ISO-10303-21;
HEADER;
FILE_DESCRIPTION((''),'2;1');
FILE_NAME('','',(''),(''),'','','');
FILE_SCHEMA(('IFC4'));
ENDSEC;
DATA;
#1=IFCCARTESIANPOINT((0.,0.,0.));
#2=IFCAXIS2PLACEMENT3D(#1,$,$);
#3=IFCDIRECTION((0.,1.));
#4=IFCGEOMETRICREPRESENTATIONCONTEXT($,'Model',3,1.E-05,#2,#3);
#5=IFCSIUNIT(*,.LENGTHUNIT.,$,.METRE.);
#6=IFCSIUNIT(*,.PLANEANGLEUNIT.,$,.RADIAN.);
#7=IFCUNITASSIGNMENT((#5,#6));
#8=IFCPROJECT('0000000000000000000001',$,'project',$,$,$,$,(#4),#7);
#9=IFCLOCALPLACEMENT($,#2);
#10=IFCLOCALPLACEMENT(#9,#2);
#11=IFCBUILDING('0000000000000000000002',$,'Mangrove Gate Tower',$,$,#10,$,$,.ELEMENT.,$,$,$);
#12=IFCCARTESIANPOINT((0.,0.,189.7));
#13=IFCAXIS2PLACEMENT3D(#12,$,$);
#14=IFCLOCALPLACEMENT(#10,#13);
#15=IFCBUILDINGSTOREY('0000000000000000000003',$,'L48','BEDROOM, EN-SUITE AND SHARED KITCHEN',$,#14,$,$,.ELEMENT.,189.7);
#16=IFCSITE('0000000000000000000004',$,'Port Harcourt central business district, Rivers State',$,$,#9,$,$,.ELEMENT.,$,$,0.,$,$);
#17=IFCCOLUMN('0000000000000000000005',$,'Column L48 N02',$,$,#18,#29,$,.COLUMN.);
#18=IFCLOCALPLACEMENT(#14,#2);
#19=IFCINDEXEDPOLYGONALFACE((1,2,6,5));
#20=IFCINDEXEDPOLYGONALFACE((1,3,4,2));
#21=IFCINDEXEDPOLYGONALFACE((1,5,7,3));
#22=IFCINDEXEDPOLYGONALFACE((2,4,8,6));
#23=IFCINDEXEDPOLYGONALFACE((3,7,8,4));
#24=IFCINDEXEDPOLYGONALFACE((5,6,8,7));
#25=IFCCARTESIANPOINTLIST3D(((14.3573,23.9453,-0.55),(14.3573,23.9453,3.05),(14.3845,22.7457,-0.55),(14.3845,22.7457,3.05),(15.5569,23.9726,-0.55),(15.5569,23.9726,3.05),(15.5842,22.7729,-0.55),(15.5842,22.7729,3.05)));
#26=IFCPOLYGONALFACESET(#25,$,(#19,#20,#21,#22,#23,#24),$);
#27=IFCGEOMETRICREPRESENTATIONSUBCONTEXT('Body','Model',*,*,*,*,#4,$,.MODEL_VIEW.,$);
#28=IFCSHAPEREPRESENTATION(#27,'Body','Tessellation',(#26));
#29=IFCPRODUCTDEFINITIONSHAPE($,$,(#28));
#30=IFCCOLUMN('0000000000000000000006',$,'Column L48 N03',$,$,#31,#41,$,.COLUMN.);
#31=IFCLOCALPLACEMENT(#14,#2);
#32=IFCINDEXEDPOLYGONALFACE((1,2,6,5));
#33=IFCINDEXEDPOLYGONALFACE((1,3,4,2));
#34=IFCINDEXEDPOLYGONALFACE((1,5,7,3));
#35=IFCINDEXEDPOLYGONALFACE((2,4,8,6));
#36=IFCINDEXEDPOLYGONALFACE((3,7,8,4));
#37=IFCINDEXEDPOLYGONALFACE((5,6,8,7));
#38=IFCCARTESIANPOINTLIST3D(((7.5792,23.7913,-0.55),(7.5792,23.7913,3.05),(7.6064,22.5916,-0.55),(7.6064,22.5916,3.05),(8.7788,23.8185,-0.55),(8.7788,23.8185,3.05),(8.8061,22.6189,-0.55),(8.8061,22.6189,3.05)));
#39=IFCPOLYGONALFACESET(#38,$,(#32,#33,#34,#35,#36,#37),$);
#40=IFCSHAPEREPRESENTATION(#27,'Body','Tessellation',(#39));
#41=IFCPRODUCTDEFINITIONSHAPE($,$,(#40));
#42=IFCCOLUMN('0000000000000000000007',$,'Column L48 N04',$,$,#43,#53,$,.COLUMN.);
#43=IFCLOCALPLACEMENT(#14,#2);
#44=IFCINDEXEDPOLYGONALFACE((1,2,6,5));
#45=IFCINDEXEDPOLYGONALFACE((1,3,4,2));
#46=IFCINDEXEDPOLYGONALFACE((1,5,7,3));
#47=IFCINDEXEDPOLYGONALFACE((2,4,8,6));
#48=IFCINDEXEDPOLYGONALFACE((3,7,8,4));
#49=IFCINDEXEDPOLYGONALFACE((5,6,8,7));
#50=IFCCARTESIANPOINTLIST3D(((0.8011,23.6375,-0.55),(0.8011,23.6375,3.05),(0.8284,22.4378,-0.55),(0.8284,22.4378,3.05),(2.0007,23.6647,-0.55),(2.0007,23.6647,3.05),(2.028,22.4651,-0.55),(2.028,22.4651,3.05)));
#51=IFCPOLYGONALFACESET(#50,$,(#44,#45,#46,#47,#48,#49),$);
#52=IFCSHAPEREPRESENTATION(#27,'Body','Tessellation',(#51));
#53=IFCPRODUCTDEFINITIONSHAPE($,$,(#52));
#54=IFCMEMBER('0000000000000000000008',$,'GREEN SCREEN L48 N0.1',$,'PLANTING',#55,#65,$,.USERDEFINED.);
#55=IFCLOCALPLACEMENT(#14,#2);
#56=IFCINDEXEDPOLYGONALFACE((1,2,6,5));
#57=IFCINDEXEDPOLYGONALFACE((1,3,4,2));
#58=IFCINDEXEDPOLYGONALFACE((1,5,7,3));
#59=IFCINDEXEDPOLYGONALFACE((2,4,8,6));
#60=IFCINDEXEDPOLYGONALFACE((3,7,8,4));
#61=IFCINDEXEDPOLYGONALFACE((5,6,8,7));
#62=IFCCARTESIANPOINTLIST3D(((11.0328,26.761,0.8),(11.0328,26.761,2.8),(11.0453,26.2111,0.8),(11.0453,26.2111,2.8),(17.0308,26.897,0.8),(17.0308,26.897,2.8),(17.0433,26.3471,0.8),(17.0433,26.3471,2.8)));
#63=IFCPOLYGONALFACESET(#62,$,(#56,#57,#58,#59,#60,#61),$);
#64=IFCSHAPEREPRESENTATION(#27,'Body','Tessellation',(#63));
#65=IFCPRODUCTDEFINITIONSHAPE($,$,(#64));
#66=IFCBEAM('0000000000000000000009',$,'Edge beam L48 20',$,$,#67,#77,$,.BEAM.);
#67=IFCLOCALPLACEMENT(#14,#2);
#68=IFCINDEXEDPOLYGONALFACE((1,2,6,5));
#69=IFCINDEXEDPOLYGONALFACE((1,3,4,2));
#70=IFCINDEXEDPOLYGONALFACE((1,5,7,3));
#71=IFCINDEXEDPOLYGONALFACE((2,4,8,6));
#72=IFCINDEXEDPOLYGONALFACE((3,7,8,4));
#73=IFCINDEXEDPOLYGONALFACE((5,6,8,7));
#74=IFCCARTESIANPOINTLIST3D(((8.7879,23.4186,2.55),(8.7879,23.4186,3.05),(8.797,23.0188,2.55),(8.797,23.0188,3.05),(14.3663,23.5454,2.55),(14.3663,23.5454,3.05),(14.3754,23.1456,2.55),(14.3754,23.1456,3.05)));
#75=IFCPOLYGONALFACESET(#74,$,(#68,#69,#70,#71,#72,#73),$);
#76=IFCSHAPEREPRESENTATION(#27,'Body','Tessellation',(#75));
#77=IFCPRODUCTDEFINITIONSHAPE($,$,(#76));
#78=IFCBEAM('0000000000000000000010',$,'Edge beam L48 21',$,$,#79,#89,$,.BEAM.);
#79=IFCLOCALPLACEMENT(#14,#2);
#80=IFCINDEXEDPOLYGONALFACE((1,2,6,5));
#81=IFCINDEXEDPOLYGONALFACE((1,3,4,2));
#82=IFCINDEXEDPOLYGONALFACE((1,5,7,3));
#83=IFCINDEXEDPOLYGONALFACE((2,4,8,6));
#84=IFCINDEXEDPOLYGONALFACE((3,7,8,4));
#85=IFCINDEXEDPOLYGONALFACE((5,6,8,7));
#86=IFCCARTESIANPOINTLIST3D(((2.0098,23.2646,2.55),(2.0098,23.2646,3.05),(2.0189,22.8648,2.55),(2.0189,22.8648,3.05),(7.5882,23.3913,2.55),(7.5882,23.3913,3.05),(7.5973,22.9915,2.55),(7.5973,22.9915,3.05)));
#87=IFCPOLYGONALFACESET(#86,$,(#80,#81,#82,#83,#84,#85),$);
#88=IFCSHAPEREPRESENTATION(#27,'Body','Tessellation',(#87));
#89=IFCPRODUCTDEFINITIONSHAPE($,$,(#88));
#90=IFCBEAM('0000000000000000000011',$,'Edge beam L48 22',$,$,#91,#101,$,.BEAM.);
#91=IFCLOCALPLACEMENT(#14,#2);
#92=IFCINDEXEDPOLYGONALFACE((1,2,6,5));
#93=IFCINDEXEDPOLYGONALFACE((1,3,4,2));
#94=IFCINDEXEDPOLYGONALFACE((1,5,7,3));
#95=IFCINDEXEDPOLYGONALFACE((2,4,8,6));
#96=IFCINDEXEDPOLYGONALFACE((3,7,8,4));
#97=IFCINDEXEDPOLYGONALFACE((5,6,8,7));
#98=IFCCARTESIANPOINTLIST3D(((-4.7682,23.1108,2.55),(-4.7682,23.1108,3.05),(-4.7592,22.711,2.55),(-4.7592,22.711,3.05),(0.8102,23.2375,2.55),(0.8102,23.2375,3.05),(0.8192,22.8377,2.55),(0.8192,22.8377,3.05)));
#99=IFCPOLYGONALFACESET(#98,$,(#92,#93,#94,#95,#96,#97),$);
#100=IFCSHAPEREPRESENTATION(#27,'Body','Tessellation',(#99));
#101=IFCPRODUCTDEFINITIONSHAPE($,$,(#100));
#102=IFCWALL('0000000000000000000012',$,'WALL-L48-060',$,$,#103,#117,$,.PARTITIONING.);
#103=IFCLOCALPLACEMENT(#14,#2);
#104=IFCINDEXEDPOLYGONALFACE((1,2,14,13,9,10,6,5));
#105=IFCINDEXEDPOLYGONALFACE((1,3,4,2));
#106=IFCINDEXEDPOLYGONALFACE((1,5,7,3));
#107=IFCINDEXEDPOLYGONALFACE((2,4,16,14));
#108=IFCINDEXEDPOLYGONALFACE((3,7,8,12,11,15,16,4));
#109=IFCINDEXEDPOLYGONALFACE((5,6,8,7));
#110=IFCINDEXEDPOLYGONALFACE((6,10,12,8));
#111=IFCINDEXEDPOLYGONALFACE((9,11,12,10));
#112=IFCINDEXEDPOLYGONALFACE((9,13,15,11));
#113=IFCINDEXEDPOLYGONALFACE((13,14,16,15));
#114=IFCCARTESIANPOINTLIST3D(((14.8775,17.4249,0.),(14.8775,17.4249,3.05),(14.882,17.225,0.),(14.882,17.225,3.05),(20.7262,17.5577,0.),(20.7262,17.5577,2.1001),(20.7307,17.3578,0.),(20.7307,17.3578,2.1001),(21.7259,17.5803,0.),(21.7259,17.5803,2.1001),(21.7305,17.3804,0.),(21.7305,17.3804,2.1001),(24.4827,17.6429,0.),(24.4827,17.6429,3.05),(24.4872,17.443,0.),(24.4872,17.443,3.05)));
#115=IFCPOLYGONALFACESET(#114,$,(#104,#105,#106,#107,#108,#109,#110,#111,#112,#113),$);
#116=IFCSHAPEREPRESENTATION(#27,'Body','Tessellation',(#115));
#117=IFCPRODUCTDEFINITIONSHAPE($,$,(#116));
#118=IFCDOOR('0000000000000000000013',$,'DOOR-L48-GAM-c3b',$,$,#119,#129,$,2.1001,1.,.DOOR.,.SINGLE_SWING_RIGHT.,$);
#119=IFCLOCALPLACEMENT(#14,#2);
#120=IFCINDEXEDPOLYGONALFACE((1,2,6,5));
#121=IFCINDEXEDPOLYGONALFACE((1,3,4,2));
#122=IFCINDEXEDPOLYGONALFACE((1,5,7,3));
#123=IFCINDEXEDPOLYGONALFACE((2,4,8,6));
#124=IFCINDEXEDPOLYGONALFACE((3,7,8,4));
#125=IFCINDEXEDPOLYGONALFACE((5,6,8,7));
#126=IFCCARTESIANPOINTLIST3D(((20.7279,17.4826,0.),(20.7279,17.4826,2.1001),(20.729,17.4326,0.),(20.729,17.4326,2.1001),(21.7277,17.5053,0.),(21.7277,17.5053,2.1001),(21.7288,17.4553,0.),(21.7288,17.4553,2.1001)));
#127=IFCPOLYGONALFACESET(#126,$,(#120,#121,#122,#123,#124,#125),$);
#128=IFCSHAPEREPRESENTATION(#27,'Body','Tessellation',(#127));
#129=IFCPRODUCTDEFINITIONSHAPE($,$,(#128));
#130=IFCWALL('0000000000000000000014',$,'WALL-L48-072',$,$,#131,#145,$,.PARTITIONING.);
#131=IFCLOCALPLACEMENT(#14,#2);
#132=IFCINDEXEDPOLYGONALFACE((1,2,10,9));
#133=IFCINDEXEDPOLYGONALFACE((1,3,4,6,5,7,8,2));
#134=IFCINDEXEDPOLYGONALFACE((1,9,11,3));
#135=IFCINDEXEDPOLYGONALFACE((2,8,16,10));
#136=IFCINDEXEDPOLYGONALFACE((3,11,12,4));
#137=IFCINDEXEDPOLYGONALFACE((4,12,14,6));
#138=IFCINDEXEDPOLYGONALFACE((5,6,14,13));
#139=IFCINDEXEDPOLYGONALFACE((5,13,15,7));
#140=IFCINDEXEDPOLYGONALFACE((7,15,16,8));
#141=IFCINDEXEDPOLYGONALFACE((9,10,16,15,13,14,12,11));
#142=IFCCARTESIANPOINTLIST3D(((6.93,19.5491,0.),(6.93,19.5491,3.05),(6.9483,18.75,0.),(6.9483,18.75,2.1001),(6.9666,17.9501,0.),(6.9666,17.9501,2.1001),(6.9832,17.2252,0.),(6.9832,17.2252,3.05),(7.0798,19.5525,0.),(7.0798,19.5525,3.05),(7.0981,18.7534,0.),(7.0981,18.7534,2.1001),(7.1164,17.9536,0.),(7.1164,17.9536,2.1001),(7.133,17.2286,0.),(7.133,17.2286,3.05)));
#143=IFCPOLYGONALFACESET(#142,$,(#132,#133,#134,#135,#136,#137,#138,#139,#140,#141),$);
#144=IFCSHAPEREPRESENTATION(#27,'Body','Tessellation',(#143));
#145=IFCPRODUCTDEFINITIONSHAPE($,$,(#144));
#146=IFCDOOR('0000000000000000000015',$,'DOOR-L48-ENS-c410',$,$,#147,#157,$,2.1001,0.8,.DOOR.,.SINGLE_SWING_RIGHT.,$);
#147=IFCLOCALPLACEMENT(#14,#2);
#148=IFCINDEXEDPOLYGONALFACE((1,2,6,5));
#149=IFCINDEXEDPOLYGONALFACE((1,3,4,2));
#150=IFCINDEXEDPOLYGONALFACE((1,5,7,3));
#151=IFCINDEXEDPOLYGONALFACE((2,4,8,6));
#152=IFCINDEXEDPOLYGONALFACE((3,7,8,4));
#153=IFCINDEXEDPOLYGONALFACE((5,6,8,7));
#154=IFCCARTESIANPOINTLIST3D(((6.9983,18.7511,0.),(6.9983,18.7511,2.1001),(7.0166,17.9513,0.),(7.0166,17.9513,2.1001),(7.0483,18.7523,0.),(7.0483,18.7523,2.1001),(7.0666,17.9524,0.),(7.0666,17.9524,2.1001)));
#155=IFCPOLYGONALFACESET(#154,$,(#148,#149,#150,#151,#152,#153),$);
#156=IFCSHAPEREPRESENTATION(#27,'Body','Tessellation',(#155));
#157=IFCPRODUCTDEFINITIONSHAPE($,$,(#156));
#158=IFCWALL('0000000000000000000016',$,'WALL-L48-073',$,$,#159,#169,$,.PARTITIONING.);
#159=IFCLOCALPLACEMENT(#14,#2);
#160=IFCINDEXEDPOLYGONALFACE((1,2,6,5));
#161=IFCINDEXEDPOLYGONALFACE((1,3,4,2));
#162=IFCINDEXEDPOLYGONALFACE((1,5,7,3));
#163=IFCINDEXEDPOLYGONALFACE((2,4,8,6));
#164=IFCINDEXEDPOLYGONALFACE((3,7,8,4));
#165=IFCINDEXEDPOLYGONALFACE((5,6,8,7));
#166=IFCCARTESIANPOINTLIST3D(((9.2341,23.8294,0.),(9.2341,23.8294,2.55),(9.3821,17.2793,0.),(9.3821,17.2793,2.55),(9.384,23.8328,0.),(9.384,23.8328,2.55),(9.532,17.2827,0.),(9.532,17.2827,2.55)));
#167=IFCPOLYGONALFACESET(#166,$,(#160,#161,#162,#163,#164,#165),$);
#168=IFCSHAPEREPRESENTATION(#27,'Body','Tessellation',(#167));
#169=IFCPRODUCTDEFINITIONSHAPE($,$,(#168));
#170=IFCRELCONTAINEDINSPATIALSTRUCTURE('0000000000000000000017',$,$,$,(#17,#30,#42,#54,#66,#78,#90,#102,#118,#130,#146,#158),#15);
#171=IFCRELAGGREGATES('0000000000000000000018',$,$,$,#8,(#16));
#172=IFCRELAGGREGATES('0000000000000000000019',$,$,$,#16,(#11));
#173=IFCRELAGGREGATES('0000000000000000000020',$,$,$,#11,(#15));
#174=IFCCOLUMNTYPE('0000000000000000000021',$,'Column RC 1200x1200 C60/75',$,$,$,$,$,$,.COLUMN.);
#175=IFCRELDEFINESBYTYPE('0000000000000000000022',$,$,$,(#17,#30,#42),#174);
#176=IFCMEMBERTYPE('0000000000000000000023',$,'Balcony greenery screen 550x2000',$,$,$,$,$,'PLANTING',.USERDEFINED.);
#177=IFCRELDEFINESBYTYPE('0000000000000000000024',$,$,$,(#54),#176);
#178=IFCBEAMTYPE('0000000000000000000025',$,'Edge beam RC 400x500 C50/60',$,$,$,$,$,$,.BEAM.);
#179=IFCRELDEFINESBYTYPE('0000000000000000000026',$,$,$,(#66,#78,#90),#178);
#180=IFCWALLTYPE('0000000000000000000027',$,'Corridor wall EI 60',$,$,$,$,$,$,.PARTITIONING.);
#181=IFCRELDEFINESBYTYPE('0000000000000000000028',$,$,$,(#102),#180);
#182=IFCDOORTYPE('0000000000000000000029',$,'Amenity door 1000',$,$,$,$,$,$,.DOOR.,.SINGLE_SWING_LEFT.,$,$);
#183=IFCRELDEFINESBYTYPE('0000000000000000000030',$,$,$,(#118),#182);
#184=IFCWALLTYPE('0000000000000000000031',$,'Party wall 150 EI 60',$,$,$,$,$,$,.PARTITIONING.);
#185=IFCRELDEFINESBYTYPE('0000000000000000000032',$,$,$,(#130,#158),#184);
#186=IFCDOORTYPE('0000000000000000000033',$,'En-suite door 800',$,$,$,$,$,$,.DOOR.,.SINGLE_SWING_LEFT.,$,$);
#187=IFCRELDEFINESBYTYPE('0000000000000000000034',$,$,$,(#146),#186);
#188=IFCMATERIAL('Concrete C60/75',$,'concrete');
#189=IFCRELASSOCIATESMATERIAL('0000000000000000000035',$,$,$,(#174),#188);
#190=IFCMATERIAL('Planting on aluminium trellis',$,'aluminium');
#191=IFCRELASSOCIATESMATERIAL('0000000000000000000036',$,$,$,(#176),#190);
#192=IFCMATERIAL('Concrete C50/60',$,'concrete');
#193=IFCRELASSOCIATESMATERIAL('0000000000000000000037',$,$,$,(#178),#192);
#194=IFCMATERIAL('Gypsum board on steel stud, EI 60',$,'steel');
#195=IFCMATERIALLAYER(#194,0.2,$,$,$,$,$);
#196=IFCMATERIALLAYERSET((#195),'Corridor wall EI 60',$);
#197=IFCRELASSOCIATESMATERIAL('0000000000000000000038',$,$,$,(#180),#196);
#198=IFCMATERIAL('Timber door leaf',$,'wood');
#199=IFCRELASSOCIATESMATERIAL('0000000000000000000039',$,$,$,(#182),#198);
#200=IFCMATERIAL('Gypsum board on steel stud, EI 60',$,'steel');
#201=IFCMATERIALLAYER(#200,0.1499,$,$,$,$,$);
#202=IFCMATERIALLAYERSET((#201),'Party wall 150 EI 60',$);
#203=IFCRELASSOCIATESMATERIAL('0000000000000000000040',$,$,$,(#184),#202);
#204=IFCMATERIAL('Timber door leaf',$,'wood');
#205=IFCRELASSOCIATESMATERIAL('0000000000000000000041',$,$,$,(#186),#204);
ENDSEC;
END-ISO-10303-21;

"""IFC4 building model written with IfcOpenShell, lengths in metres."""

from ifc_helpers import new_model, si_unit, direction, frame, frame_2d, origin, origin_2d, place, context, subcontext, project, spatial, rectangle, extrude, material, layer, layer_set, material_profile, profile_set, type_object, element, fill, save


model = new_model("IFC4")

# Units and contexts
model_context = context("Model", 3, precision=1e-05, world=origin(), true_north=direction((0.0, 1.0)))
body_context = subcontext(model_context, "Body", "Model", "MODEL_VIEW")
ifc_project = project(units=[si_unit("LENGTHUNIT", "METRE"), si_unit("PLANEANGLEUNIT", "RADIAN")], contexts=[model_context])

# Site, building, storey
site_placement = place(None, origin())
site = spatial("IfcSite", under=ifc_project, at=site_placement, Name="Port Harcourt central business district, Rivers State", CompositionType="ELEMENT", RefElevation=0.0)
building_placement = place(site_placement, origin())
building = spatial("IfcBuilding", under=site, at=building_placement, Name="Mangrove Gate Tower", CompositionType="ELEMENT")
storey_placement = place(building_placement, frame((0.0, 0.0, 189.7)))
storey = spatial("IfcBuildingStorey", under=building, at=storey_placement, Name="L48", Description="BEDROOM, EN-SUITE AND SHARED KITCHEN", CompositionType="ELEMENT", Elevation=189.7)

# Columns
ifc_material_1 = material(Name="Concrete C60/75", Category="concrete")
ifc_material_profile_1 = material_profile(ifc_material_1, rectangle(XDim=1.2, YDim=1.2, at=origin_2d()))
ifc_profile_set_1 = profile_set([ifc_material_profile_1], Name="Concrete C60/75")
column_type = type_object("IfcColumnType", Name="Column RC 1200x1200 C60/75", PredefinedType="COLUMN", material=ifc_profile_set_1)
for number, where, z_axis, x_axis, name in (
    (1, (14.9707, 23.3591, -0.55), (0.0, 0.0, 1.0), (-0.999742, -0.022713, 0.0), "Column L48 N02"),
    (2, (8.1926, 23.2051, -0.55), (0.0, 0.0, 1.0), (-0.999742, -0.022715, 0.0), "Column L48 N03"),
    (3, (1.4146, 23.0513, -0.55), (0.0, 0.0, 1.0), (-0.999742, -0.022715, 0.0), "Column L48 N04"),
):
    element("IfcColumn", number, at=place(storey_placement, frame(where, z_axis=z_axis, x_axis=x_axis)), inside=storey, type_object=column_type, Name=name, PredefinedType="COLUMN", context=body_context, shape_type="SweptSolid", body=[
        extrude(rectangle(XDim=1.2, YDim=1.2, at=origin_2d()), origin(), (0.0, 0.0, 1.0), 3.6001),
    ])

# Member
ifc_material_2 = material(Name="Planting on aluminium trellis", Category="aluminium")
ifc_material_profile_2 = material_profile(ifc_material_2, rectangle(XDim=0.55, YDim=2.0, at=origin_2d()))
ifc_profile_set_2 = profile_set([ifc_material_profile_2], Name="Planting on aluminium trellis")
member_type = type_object("IfcMemberType", Name="Balcony greenery screen 550x2000", ElementType="PLANTING", PredefinedType="USERDEFINED", material=ifc_profile_set_2)
member_placement = place(storey_placement, frame((11.0391, 26.4861, 1.8), z_axis=(0.999743, 0.022666, 0.0), x_axis=(-0.022666, 0.999743, 0.0)))
element("IfcMember", 4, at=member_placement, inside=storey, type_object=member_type, Name="GREEN SCREEN L48 N0.1", ObjectType="PLANTING", PredefinedType="USERDEFINED", context=body_context, shape_type="SweptSolid", body=[
    extrude(rectangle(XDim=0.55, YDim=2.0, at=origin_2d()), origin(), (0.0, 0.0, 1.0), 5.9995),
])

# Beams
ifc_material_3 = material(Name="Concrete C50/60", Category="concrete")
ifc_material_profile_3 = material_profile(ifc_material_3, rectangle(XDim=0.3999, YDim=0.5, at=origin_2d()))
ifc_profile_set_3 = profile_set([ifc_material_profile_3], Name="Concrete C50/60")
beam_type = type_object("IfcBeamType", Name="Edge beam RC 400x500 C50/60", PredefinedType="BEAM", material=ifc_profile_set_3)
for number, where, z_axis, x_axis, name in (
    (5, (14.3708, 23.3455, 2.8), (-0.999742, -0.022708, 0.0), (0.022708, -0.999742, 0.0), "Edge beam L48 20"),
    (6, (7.5928, 23.1914, 2.8), (-0.999742, -0.022708, 0.0), (0.022708, -0.999742, 0.0), "Edge beam L48 21"),
    (7, (0.8147, 23.0376, 2.8), (-0.999742, -0.022708, 0.0), (0.022708, -0.999742, 0.0), "Edge beam L48 22"),
):
    element("IfcBeam", number, at=place(storey_placement, frame(where, z_axis=z_axis, x_axis=x_axis)), inside=storey, type_object=beam_type, Name=name, PredefinedType="BEAM", context=body_context, shape_type="SweptSolid", body=[
        extrude(rectangle(XDim=0.3999, YDim=0.5, at=origin_2d()), origin(), (0.0, 0.0, 1.0), 5.5798),
    ])

# Walls, openings, doors
ifc_material_4 = material(Name="Gypsum board on steel stud, EI 60", Category="steel")
ifc_layer_1 = layer(ifc_material_4, 0.2)
ifc_layer_set_1 = layer_set([ifc_layer_1], Name="Corridor wall EI 60")
wall_type_1 = type_object("IfcWallType", Name="Corridor wall EI 60", PredefinedType="PARTITIONING", material=ifc_layer_set_1)
wall_1_placement = place(storey_placement, frame((14.8799, 17.325, 0.0), z_axis=(0.0, 0.0, 1.0), x_axis=(0.999743, 0.022692, 0.0)))
wall_1 = element("IfcWall", 8, at=wall_1_placement, inside=storey, type_object=wall_type_1, Name="WALL-L48-060", PredefinedType="PARTITIONING", context=body_context, shape_type="SweptSolid", body=[
    extrude(rectangle(XDim=9.6077, YDim=0.2, at=frame_2d((4.8037, 0.0))), origin(), (0.0, 0.0, 1.0), 3.05),
])
opening_1_placement = place(wall_1_placement, frame((5.8501, 0.0, 0.0)))
opening_1 = element("IfcOpeningElement", 9, at=opening_1_placement, cuts=wall_1, PredefinedType="OPENING", context=body_context, shape_type="SweptSolid", body=[
    extrude(rectangle(XDim=1.0, YDim=2.1001, at=frame_2d((0.5, 1.05))), frame((0.0, 0.1099, 0.0), z_axis=(0.0, -1.0, 0.0), x_axis=(1.0, 0.0, 0.0)), (0.0, 0.0, 1.0), 0.22),
])
ifc_material_5 = material(Name="Timber door leaf", Category="wood")
door_type_1 = type_object("IfcDoorType", Name="Amenity door 1000", OperationType="SINGLE_SWING_LEFT", PredefinedType="DOOR", material=ifc_material_5)
door_1_placement = place(opening_1_placement, origin())
door_1 = element("IfcDoor", 10, at=door_1_placement, inside=storey, type_object=door_type_1, Name="DOOR-L48-GAM-c3b", OperationType="SINGLE_SWING_RIGHT", OverallHeight=2.1001, OverallWidth=1.0, PredefinedType="DOOR", context=body_context, shape_type="SweptSolid", body=[
    extrude(rectangle(XDim=1.0, YDim=2.1001, at=frame_2d((0.5, 1.05))), frame((0.0, 0.0249, 0.0), z_axis=(0.0, -1.0, 0.0), x_axis=(1.0, 0.0, 0.0)), (0.0, 0.0, 1.0), 0.05),
])
fill(opening_1, door_1)
ifc_material_6 = material(Name="Gypsum board on steel stud, EI 60", Category="steel")
ifc_layer_2 = layer(ifc_material_6, 0.1499)
ifc_layer_set_2 = layer_set([ifc_layer_2], Name="Party wall 150 EI 60")
wall_type_2 = type_object("IfcWallType", Name="Party wall 150 EI 60", PredefinedType="PARTITIONING", material=ifc_layer_set_2)
wall_2_placement = place(storey_placement, frame((7.0581, 17.2271, 0.0), z_axis=(0.0, 0.0, 1.0), x_axis=(-0.022896, 0.999738, 0.0)))
wall_2 = element("IfcWall", 11, at=wall_2_placement, inside=storey, type_object=wall_type_2, Name="WALL-L48-072", PredefinedType="PARTITIONING", context=body_context, shape_type="SweptSolid", body=[
    extrude(rectangle(XDim=2.3245, YDim=0.1499, at=frame_2d((1.1621, 0.0))), origin(), (0.0, 0.0, 1.0), 3.05),
])
opening_2_placement = place(wall_2_placement, frame((0.7251, 0.0, 0.0)))
opening_2 = element("IfcOpeningElement", 12, at=opening_2_placement, cuts=wall_2, PredefinedType="OPENING", context=body_context, shape_type="SweptSolid", body=[
    extrude(rectangle(XDim=0.8, YDim=2.1001, at=frame_2d((0.3999, 1.05))), frame((0.0, 0.085, 0.0), z_axis=(0.0, -1.0, 0.0), x_axis=(1.0, 0.0, 0.0)), (0.0, 0.0, 1.0), 0.1699),
])
ifc_material_7 = material(Name="Timber door leaf", Category="wood")
door_type_2 = type_object("IfcDoorType", Name="En-suite door 800", OperationType="SINGLE_SWING_LEFT", PredefinedType="DOOR", material=ifc_material_7)
door_2_placement = place(opening_2_placement, origin())
door_2 = element("IfcDoor", 13, at=door_2_placement, inside=storey, type_object=door_type_2, Name="DOOR-L48-ENS-c410", OperationType="SINGLE_SWING_RIGHT", OverallHeight=2.1001, OverallWidth=0.8, PredefinedType="DOOR", context=body_context, shape_type="SweptSolid", body=[
    extrude(rectangle(XDim=0.8, YDim=2.1001, at=frame_2d((0.3999, 1.05))), frame((0.0, 0.0249, 0.0), z_axis=(0.0, -1.0, 0.0), x_axis=(1.0, 0.0, 0.0)), (0.0, 0.0, 1.0), 0.05),
])
fill(opening_2, door_2)

# Wall
wall_3_placement = place(storey_placement, frame((9.457, 17.281, 0.0), z_axis=(0.0, 0.0, 1.0), x_axis=(-0.022582, 0.999745, 0.0)))
element("IfcWall", 14, at=wall_3_placement, inside=storey, type_object=wall_type_2, Name="WALL-L48-073", PredefinedType="PARTITIONING", context=body_context, shape_type="SweptSolid", body=[
    extrude(rectangle(XDim=6.5518, YDim=0.1499, at=frame_2d((3.2759, 0.0))), origin(), (0.0, 0.0, 1.0), 2.55),
])

save(model, "model.ifc")
